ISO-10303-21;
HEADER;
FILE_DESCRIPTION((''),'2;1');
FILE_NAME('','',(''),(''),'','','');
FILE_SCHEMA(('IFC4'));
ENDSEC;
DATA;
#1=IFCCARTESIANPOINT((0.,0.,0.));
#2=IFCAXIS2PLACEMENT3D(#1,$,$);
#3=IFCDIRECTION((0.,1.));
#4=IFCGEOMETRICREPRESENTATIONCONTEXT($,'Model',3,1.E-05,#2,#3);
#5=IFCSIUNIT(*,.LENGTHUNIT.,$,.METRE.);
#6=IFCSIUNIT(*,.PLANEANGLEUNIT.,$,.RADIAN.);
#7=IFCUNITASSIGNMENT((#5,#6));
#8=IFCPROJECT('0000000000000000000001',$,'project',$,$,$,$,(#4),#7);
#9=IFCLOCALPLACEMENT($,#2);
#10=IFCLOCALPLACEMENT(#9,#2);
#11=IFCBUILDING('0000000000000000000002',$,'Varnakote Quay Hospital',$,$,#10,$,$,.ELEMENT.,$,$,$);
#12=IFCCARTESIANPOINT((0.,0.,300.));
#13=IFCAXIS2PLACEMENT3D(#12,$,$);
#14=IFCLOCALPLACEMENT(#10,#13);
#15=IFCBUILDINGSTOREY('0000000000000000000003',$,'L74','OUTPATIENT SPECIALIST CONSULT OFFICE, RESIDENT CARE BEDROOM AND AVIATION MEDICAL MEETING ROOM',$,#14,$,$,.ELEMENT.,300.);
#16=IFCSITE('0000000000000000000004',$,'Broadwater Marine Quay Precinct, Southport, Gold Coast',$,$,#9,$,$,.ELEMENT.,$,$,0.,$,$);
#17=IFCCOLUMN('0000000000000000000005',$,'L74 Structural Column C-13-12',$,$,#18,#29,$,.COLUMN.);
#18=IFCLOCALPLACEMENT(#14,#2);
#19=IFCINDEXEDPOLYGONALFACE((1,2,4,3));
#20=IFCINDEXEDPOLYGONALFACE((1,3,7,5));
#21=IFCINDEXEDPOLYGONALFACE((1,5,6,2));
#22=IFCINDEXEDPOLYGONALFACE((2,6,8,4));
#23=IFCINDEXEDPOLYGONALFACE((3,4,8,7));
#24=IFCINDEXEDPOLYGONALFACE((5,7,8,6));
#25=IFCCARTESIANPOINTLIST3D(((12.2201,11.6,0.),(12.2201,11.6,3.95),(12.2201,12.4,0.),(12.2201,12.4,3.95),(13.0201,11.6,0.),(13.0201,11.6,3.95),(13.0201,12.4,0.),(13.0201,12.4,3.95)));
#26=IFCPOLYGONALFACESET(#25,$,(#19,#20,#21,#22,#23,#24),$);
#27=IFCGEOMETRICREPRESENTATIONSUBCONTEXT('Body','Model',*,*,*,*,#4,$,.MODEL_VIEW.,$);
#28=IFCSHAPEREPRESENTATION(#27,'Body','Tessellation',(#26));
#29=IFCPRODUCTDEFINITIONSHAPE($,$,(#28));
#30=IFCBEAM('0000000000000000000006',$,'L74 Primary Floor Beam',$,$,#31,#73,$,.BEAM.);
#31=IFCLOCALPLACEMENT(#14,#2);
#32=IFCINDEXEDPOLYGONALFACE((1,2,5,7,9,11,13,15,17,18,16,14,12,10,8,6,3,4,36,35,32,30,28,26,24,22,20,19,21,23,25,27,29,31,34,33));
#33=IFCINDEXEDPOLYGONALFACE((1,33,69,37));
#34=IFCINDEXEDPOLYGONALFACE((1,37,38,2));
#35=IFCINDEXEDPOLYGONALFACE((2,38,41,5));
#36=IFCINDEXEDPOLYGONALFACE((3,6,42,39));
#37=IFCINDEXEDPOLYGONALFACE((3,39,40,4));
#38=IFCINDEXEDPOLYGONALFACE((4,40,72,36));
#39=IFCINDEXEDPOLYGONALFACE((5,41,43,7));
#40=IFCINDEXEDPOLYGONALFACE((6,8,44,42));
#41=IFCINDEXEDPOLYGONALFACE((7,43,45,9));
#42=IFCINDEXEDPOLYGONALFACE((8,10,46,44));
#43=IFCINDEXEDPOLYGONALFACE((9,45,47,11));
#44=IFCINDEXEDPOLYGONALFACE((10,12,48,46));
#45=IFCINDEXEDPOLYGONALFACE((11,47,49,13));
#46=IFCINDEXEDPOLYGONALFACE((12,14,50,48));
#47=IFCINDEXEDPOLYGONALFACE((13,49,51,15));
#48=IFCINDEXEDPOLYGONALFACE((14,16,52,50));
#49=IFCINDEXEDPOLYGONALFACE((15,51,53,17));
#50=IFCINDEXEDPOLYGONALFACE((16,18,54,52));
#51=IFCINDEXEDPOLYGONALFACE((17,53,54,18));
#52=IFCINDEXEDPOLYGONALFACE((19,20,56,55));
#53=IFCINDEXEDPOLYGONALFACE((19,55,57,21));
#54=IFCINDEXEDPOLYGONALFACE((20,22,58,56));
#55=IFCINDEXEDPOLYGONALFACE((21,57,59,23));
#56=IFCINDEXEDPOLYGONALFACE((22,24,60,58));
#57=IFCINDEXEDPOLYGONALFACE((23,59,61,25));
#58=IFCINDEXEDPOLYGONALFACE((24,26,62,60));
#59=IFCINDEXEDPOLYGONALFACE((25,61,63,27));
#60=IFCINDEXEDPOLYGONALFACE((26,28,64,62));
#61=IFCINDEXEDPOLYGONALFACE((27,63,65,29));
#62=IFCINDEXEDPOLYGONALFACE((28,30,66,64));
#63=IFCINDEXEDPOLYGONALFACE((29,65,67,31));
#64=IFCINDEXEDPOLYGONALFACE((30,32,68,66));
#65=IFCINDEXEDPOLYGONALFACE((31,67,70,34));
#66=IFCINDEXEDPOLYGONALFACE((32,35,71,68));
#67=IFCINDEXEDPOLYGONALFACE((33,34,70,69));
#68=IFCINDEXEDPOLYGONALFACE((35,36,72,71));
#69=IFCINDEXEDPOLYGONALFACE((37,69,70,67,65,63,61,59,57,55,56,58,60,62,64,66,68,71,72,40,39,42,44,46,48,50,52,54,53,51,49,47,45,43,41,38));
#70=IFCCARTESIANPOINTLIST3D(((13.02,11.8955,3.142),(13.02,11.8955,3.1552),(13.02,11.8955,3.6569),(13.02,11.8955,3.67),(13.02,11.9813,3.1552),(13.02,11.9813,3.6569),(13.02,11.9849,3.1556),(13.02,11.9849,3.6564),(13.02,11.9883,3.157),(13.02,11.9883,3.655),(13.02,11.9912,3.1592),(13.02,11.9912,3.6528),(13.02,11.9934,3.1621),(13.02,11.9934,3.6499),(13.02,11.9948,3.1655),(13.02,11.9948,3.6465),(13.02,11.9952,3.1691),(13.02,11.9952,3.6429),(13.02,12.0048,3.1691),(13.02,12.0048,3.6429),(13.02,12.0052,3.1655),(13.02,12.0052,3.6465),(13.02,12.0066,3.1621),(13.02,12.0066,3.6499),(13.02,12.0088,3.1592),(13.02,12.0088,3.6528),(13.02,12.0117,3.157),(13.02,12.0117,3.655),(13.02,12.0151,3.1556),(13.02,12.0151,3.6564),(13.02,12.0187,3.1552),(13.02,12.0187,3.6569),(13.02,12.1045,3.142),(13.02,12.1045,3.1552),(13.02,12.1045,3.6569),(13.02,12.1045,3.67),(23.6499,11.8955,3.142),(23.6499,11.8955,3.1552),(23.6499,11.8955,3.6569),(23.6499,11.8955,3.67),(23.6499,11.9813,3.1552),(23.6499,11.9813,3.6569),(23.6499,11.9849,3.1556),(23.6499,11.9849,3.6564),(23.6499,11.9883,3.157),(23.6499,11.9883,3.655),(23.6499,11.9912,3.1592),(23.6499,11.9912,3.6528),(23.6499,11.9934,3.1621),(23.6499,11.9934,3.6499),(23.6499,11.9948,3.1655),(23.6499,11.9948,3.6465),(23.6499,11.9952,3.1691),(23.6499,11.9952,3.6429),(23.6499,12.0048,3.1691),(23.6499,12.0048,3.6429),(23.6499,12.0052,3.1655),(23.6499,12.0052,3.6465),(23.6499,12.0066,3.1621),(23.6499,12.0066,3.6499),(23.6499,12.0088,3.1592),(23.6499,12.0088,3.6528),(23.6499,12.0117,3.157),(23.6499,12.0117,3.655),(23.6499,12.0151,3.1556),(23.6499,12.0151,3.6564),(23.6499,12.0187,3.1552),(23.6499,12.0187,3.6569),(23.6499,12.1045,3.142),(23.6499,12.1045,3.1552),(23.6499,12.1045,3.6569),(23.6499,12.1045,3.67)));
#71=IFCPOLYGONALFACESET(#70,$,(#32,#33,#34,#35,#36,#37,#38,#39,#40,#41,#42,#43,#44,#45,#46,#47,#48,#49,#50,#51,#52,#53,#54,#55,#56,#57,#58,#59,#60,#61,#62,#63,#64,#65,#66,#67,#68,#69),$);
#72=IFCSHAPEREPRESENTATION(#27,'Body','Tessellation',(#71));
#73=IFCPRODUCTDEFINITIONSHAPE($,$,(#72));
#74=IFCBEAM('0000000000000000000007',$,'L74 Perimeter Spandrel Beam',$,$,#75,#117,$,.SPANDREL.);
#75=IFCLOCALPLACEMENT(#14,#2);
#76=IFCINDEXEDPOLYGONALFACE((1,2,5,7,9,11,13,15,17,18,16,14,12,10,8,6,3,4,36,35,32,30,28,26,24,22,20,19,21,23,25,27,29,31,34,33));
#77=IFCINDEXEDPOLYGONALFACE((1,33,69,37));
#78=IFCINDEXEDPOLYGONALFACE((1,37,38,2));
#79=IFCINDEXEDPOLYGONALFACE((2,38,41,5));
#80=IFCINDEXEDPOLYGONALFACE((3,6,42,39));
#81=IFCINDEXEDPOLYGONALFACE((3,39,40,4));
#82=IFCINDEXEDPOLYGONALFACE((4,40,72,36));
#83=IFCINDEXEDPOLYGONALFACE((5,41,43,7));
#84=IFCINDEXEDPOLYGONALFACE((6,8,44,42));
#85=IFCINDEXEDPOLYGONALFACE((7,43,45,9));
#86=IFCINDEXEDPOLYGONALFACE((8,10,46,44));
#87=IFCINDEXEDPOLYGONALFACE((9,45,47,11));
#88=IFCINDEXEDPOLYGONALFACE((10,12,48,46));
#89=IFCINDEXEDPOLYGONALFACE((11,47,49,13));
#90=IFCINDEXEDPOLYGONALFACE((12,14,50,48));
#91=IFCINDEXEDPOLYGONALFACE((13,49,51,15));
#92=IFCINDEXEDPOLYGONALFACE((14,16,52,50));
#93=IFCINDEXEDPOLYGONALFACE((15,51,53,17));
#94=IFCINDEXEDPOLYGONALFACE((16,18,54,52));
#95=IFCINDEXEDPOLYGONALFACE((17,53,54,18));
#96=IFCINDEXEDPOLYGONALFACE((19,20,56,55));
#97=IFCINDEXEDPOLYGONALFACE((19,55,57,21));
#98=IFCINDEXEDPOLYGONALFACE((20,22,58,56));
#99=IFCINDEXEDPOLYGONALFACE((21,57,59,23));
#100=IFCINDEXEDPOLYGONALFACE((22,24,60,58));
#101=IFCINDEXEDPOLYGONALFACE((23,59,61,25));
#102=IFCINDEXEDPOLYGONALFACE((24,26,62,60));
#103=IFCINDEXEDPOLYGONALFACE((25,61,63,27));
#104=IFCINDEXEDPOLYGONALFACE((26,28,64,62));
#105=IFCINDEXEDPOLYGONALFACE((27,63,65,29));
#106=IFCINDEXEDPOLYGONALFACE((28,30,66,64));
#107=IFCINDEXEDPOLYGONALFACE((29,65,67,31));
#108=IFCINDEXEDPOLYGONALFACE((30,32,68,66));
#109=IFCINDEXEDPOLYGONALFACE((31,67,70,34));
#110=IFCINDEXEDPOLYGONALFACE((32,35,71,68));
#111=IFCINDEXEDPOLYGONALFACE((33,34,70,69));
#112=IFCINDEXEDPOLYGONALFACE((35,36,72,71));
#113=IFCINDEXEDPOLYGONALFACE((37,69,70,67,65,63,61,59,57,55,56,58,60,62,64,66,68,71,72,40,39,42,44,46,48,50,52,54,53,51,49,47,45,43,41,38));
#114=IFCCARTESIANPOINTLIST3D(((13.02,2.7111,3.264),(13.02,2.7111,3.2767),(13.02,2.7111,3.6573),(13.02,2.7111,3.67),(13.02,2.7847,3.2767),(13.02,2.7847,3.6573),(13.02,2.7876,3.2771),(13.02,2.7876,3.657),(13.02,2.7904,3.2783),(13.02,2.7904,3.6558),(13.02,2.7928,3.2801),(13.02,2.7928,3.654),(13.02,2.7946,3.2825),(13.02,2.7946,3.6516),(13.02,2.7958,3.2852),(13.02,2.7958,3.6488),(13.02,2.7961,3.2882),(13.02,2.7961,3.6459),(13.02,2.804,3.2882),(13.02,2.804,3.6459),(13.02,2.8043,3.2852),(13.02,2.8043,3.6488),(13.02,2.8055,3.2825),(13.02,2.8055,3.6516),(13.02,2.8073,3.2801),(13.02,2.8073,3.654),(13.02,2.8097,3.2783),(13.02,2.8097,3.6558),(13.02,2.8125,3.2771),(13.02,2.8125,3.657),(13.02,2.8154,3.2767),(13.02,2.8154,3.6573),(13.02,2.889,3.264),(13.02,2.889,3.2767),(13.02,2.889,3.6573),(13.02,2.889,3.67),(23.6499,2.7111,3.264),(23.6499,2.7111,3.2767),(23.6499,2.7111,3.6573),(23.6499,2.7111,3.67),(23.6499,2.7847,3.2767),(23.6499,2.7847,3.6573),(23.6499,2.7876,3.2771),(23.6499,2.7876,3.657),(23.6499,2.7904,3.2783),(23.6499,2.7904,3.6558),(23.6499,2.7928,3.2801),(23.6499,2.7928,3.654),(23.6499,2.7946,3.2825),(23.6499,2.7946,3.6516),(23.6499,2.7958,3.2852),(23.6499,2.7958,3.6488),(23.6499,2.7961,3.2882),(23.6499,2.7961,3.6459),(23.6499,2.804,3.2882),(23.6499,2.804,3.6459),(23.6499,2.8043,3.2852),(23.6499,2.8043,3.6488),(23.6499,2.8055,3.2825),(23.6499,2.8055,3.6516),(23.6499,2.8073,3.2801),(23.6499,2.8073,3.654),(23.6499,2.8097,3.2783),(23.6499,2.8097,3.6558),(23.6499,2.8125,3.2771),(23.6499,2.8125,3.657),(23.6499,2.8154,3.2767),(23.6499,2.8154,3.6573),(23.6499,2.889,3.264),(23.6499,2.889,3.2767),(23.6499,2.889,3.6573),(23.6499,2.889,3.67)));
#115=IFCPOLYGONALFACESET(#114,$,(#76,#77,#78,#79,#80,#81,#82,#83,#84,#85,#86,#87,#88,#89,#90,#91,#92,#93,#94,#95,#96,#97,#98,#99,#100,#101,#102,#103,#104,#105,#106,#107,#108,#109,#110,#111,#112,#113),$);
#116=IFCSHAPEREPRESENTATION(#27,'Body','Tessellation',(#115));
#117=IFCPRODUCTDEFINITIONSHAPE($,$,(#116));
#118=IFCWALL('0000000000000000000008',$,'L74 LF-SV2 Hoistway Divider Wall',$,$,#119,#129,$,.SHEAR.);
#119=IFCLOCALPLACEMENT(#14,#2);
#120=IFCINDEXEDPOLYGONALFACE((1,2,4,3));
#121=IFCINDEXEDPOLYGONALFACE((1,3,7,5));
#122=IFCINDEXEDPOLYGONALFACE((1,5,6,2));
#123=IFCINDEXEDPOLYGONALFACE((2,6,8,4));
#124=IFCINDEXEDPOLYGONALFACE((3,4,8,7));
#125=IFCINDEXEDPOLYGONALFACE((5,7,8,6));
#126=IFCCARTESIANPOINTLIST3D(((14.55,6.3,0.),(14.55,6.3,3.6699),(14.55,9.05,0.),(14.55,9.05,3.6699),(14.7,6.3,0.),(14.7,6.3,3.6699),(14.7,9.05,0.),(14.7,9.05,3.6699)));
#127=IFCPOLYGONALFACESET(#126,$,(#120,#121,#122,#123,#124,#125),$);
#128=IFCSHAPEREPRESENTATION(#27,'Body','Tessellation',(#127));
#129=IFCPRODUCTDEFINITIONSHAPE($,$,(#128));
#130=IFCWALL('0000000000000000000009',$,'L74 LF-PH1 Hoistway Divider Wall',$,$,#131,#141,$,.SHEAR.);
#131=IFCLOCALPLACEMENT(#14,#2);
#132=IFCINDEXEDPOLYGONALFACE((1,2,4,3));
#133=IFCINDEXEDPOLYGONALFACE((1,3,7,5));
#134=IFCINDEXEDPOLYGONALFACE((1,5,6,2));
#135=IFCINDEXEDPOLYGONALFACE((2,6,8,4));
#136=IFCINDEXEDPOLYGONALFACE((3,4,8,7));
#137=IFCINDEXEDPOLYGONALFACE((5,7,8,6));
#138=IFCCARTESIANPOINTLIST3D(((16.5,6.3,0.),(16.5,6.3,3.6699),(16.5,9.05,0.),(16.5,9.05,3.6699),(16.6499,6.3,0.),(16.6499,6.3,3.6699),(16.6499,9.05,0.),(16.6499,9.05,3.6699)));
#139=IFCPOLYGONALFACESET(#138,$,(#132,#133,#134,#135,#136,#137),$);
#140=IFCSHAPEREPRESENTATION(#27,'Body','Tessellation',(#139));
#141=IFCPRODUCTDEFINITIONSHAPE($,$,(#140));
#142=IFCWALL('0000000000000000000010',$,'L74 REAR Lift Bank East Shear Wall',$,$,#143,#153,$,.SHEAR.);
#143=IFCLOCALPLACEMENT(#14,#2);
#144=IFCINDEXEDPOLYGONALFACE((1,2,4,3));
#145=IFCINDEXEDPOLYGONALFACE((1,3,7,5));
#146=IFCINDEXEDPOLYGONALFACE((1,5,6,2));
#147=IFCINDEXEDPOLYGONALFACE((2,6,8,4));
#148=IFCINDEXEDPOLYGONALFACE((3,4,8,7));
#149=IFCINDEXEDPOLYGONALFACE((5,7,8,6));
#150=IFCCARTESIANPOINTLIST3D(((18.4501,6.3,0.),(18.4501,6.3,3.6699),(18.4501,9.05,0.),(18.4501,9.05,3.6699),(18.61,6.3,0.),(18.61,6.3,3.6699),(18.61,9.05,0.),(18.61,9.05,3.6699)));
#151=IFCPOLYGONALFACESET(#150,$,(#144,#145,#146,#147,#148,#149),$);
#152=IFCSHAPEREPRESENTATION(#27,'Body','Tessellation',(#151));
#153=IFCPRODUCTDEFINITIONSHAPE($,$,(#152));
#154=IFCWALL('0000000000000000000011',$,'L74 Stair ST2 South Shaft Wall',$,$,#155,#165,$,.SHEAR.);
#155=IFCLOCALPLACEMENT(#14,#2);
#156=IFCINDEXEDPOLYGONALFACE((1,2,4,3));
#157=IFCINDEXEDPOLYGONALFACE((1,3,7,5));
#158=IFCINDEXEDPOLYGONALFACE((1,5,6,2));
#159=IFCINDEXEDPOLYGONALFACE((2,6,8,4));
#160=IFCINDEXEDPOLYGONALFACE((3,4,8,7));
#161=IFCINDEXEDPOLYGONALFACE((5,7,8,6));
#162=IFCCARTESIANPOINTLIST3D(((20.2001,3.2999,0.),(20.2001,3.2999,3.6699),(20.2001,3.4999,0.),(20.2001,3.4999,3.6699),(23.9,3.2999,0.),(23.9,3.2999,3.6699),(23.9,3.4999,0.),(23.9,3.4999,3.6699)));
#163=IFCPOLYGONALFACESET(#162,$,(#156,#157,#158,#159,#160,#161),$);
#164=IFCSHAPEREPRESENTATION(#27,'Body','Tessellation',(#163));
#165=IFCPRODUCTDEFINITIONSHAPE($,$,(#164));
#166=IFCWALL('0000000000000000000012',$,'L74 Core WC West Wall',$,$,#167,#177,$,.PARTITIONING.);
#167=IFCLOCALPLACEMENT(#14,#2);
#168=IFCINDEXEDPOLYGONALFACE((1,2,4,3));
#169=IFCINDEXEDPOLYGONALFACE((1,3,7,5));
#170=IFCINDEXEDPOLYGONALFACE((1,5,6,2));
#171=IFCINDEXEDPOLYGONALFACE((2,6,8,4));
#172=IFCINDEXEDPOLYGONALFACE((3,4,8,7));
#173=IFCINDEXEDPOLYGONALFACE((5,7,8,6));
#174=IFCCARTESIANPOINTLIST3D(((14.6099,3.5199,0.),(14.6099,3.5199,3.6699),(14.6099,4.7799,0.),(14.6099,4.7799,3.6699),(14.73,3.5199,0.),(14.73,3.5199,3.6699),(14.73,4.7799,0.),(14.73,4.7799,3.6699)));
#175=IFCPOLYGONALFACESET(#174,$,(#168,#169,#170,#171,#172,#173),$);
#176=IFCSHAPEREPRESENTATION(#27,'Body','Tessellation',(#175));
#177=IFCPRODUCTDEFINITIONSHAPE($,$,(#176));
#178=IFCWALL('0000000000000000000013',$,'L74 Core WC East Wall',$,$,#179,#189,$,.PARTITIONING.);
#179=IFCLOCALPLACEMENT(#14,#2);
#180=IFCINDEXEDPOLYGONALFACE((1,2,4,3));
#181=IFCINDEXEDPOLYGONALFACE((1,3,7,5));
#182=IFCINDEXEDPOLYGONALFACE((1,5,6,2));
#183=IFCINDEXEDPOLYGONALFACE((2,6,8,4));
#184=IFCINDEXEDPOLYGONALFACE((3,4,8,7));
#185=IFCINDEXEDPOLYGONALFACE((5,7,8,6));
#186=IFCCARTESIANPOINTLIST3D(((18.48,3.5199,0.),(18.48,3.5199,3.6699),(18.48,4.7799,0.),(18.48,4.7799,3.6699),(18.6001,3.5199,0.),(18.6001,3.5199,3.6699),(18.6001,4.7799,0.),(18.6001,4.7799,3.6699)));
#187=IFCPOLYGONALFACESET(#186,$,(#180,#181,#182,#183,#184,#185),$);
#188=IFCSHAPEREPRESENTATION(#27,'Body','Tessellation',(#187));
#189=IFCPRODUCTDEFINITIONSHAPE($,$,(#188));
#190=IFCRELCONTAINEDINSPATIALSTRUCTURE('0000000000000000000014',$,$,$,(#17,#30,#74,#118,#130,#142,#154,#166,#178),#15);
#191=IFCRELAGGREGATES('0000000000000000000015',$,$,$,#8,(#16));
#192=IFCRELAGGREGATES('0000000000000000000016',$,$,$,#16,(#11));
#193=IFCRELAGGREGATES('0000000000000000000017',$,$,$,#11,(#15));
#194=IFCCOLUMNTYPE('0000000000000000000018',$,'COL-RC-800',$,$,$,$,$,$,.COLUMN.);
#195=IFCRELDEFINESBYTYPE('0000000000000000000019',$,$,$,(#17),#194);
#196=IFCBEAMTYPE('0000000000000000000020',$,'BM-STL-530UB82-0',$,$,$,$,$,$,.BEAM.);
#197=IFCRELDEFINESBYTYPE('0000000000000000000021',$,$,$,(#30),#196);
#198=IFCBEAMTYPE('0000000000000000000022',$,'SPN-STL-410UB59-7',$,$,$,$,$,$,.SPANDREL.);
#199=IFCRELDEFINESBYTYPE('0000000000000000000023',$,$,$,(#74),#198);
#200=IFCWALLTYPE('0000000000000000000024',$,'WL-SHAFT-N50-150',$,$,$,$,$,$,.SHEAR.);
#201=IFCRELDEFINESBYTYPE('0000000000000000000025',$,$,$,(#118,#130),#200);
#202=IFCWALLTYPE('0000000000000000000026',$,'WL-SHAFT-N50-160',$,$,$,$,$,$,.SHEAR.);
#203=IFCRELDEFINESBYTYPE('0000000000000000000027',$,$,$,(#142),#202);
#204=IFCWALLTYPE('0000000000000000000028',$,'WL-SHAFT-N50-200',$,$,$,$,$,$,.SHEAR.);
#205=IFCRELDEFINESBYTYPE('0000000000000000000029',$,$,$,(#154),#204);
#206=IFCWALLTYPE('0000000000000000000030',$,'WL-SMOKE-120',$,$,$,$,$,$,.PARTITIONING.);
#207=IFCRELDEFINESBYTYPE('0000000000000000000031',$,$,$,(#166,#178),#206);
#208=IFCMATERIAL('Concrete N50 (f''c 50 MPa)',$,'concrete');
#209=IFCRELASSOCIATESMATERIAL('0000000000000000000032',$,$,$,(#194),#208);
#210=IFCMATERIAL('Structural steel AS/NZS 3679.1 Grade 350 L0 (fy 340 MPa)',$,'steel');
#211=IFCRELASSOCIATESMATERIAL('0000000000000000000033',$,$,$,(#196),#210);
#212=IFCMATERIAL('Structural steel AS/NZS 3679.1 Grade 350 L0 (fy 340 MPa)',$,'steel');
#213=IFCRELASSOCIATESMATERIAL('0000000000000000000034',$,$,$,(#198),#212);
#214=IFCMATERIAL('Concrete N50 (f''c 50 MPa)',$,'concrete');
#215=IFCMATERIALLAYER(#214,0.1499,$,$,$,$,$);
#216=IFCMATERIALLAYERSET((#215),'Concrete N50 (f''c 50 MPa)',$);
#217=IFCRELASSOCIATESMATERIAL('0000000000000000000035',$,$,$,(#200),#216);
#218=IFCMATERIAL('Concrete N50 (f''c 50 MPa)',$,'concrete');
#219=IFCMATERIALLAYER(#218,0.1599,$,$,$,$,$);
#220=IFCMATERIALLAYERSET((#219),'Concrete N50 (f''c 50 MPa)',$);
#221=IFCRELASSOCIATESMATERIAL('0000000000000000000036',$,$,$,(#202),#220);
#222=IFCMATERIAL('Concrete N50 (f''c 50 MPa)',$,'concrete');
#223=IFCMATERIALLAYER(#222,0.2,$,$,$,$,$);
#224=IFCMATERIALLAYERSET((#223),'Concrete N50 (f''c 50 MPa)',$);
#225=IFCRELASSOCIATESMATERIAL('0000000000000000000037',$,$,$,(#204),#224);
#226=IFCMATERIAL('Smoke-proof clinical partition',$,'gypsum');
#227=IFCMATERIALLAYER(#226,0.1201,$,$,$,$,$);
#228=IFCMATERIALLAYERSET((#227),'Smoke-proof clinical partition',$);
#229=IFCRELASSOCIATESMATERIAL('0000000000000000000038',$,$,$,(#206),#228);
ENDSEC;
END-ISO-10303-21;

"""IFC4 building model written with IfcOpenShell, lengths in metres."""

from ifc_helpers import new_model, si_unit, direction, frame, frame_2d, origin, origin_2d, place, context, subcontext, project, spatial, rectangle, i_section, extrude, material, layer, layer_set, material_profile, profile_set, type_object, element, save


model = new_model("IFC4")

# Units and contexts
model_context = context("Model", 3, precision=1e-05, world=origin(), true_north=direction((0.0, 1.0)))
body_context = subcontext(model_context, "Body", "Model", "MODEL_VIEW")
ifc_project = project(units=[si_unit("LENGTHUNIT", "METRE"), si_unit("PLANEANGLEUNIT", "RADIAN")], contexts=[model_context])

# Site, building, storey
site_placement = place(None, origin())
site = spatial("IfcSite", under=ifc_project, at=site_placement, Name="Broadwater Marine Quay Precinct, Southport, Gold Coast", CompositionType="ELEMENT", RefElevation=0.0)
building_placement = place(site_placement, origin())
building = spatial("IfcBuilding", under=site, at=building_placement, Name="Varnakote Quay Hospital", CompositionType="ELEMENT")
storey_placement = place(building_placement, frame((0.0, 0.0, 300.0)))
storey = spatial("IfcBuildingStorey", under=building, at=storey_placement, Name="L74", Description="OUTPATIENT SPECIALIST CONSULT OFFICE, RESIDENT CARE BEDROOM AND AVIATION MEDICAL MEETING ROOM", CompositionType="ELEMENT", Elevation=300.0)

# Column
ifc_material_1 = material(Name="Concrete N50 (f'c 50 MPa)", Category="concrete")
ifc_material_profile_1 = material_profile(ifc_material_1, rectangle(XDim=0.8, YDim=0.8, at=origin_2d()), Name="RC-COL-800x800")
ifc_profile_set_1 = profile_set([ifc_material_profile_1], Name="Concrete N50 (f'c 50 MPa)")
column_type = type_object("IfcColumnType", Name="COL-RC-800", PredefinedType="COLUMN", material=ifc_profile_set_1)
column_placement = place(storey_placement, frame((12.6201, 12.0, 0.0), z_axis=(0.0, 0.0, 1.0), x_axis=(1.0, 0.0, 0.0)))
element("IfcColumn", 1, at=column_placement, inside=storey, type_object=column_type, Name="L74 Structural Column C-13-12", PredefinedType="COLUMN", context=body_context, shape_type="SweptSolid", body=[
    extrude(rectangle(XDim=0.8, YDim=0.8, at=origin_2d()), origin(), (0.0, 0.0, 1.0), 3.95),
])

# Beams
ifc_material_2 = material(Name="Structural steel AS/NZS 3679.1 Grade 350 L0 (fy 340 MPa)", Category="steel")
ifc_material_profile_2 = material_profile(ifc_material_2, i_section(OverallWidth=0.209, OverallDepth=0.5281, WebThickness=0.0095, FlangeThickness=0.0132, FilletRadius=0.0139, at=origin_2d()), Name="530UB82.0")
ifc_profile_set_2 = profile_set([ifc_material_profile_2], Name="Structural steel AS/NZS 3679.1 Grade 350 L0 (fy 340 MPa)")
beam_type_1 = type_object("IfcBeamType", Name="BM-STL-530UB82-0", PredefinedType="BEAM", material=ifc_profile_set_2)
beam_1_placement = place(storey_placement, frame((13.02, 12.0, 3.406), z_axis=(1.0, 0.0, 0.0), x_axis=(0.0, 1.0, 0.0)))
element("IfcBeam", 2, at=beam_1_placement, inside=storey, type_object=beam_type_1, Name="L74 Primary Floor Beam", PredefinedType="BEAM", context=body_context, shape_type="SweptSolid", body=[
    extrude(i_section(OverallWidth=0.209, OverallDepth=0.5281, WebThickness=0.0095, FlangeThickness=0.0132, FilletRadius=0.0139, at=origin_2d()), origin(), (0.0, 0.0, 1.0), 10.6299),
])
ifc_material_3 = material(Name="Structural steel AS/NZS 3679.1 Grade 350 L0 (fy 340 MPa)", Category="steel")
ifc_material_profile_3 = material_profile(ifc_material_3, i_section(OverallWidth=0.178, OverallDepth=0.406, WebThickness=0.0078, FlangeThickness=0.0127, FilletRadius=0.0115, at=origin_2d()), Name="410UB59.7")
ifc_profile_set_3 = profile_set([ifc_material_profile_3], Name="Structural steel AS/NZS 3679.1 Grade 350 L0 (fy 340 MPa)")
beam_type_2 = type_object("IfcBeamType", Name="SPN-STL-410UB59-7", PredefinedType="SPANDREL", material=ifc_profile_set_3)
beam_2_placement = place(storey_placement, frame((13.02, 2.8, 3.467), z_axis=(1.0, 0.0, 0.0), x_axis=(0.0, 1.0, 0.0)))
element("IfcBeam", 3, at=beam_2_placement, inside=storey, type_object=beam_type_2, Name="L74 Perimeter Spandrel Beam", PredefinedType="SPANDREL", context=body_context, shape_type="SweptSolid", body=[
    extrude(i_section(OverallWidth=0.178, OverallDepth=0.406, WebThickness=0.0078, FlangeThickness=0.0127, FilletRadius=0.0115, at=origin_2d()), origin(), (0.0, 0.0, 1.0), 10.6299),
])

# Walls
ifc_material_4 = material(Name="Concrete N50 (f'c 50 MPa)", Category="concrete")
ifc_layer_1 = layer(ifc_material_4, 0.1499)
ifc_layer_set_1 = layer_set([ifc_layer_1], Name="Concrete N50 (f'c 50 MPa)")
wall_type_1 = type_object("IfcWallType", Name="WL-SHAFT-N50-150", PredefinedType="SHEAR", material=ifc_layer_set_1)
for number, where, z_axis, x_axis, name in (
    (4, (14.625, 6.3, 0.0), (0.0, 0.0, 1.0), (0.0, 1.0, 0.0), "L74 LF-SV2 Hoistway Divider Wall"),
    (5, (16.575, 6.3, 0.0), (0.0, 0.0, 1.0), (0.0, 1.0, 0.0), "L74 LF-PH1 Hoistway Divider Wall"),
):
    element("IfcWall", number, at=place(storey_placement, frame(where, z_axis=z_axis, x_axis=x_axis)), inside=storey, type_object=wall_type_1, Name=name, PredefinedType="SHEAR", context=body_context, shape_type="SweptSolid", body=[
        extrude(rectangle(XDim=2.75, YDim=0.1499, at=frame_2d((1.375, 0.0))), origin(), (0.0, 0.0, 1.0), 3.6699),
    ])
ifc_material_5 = material(Name="Concrete N50 (f'c 50 MPa)", Category="concrete")
ifc_layer_2 = layer(ifc_material_5, 0.1599)
ifc_layer_set_2 = layer_set([ifc_layer_2], Name="Concrete N50 (f'c 50 MPa)")
wall_type_2 = type_object("IfcWallType", Name="WL-SHAFT-N50-160", PredefinedType="SHEAR", material=ifc_layer_set_2)
wall_1_placement = place(storey_placement, frame((18.53, 6.3, 0.0), z_axis=(0.0, 0.0, 1.0), x_axis=(0.0, 1.0, 0.0)))
element("IfcWall", 6, at=wall_1_placement, inside=storey, type_object=wall_type_2, Name="L74 REAR Lift Bank East Shear Wall", PredefinedType="SHEAR", context=body_context, shape_type="SweptSolid", body=[
    extrude(rectangle(XDim=2.75, YDim=0.1599, at=frame_2d((1.375, 0.0))), origin(), (0.0, 0.0, 1.0), 3.6699),
])

# Wall
ifc_material_6 = material(Name="Concrete N50 (f'c 50 MPa)", Category="concrete")
ifc_layer_3 = layer(ifc_material_6, 0.2)
ifc_layer_set_3 = layer_set([ifc_layer_3], Name="Concrete N50 (f'c 50 MPa)")
wall_type_3 = type_object("IfcWallType", Name="WL-SHAFT-N50-200", PredefinedType="SHEAR", material=ifc_layer_set_3)
wall_2_placement = place(storey_placement, frame((20.2, 3.3999, 0.0), z_axis=(0.0, 0.0, 1.0), x_axis=(1.0, 0.0, 0.0)))
element("IfcWall", 7, at=wall_2_placement, inside=storey, type_object=wall_type_3, Name="L74 Stair ST2 South Shaft Wall", PredefinedType="SHEAR", context=body_context, shape_type="SweptSolid", body=[
    extrude(rectangle(XDim=3.7, YDim=0.2, at=frame_2d((1.8501, 0.0))), origin(), (0.0, 0.0, 1.0), 3.6699),
])

# Walls
ifc_material_7 = material(Name="Smoke-proof clinical partition", Category="gypsum")
ifc_layer_4 = layer(ifc_material_7, 0.1201)
ifc_layer_set_4 = layer_set([ifc_layer_4], Name="Smoke-proof clinical partition")
wall_type_4 = type_object("IfcWallType", Name="WL-SMOKE-120", PredefinedType="PARTITIONING", material=ifc_layer_set_4)
for number, where, z_axis, x_axis, name in (
    (8, (14.6699, 3.52, 0.0), (0.0, 0.0, 1.0), (0.0, 1.0, 0.0), "L74 Core WC West Wall"),
    (9, (18.54, 3.52, 0.0), (0.0, 0.0, 1.0), (0.0, 1.0, 0.0), "L74 Core WC East Wall"),
):
    element("IfcWall", number, at=place(storey_placement, frame(where, z_axis=z_axis, x_axis=x_axis)), inside=storey, type_object=wall_type_4, Name=name, PredefinedType="PARTITIONING", context=body_context, shape_type="SweptSolid", body=[
        extrude(rectangle(XDim=1.26, YDim=0.1201, at=frame_2d((0.6299, 0.0))), origin(), (0.0, 0.0, 1.0), 3.6699),
    ])

save(model, "model.ifc")
